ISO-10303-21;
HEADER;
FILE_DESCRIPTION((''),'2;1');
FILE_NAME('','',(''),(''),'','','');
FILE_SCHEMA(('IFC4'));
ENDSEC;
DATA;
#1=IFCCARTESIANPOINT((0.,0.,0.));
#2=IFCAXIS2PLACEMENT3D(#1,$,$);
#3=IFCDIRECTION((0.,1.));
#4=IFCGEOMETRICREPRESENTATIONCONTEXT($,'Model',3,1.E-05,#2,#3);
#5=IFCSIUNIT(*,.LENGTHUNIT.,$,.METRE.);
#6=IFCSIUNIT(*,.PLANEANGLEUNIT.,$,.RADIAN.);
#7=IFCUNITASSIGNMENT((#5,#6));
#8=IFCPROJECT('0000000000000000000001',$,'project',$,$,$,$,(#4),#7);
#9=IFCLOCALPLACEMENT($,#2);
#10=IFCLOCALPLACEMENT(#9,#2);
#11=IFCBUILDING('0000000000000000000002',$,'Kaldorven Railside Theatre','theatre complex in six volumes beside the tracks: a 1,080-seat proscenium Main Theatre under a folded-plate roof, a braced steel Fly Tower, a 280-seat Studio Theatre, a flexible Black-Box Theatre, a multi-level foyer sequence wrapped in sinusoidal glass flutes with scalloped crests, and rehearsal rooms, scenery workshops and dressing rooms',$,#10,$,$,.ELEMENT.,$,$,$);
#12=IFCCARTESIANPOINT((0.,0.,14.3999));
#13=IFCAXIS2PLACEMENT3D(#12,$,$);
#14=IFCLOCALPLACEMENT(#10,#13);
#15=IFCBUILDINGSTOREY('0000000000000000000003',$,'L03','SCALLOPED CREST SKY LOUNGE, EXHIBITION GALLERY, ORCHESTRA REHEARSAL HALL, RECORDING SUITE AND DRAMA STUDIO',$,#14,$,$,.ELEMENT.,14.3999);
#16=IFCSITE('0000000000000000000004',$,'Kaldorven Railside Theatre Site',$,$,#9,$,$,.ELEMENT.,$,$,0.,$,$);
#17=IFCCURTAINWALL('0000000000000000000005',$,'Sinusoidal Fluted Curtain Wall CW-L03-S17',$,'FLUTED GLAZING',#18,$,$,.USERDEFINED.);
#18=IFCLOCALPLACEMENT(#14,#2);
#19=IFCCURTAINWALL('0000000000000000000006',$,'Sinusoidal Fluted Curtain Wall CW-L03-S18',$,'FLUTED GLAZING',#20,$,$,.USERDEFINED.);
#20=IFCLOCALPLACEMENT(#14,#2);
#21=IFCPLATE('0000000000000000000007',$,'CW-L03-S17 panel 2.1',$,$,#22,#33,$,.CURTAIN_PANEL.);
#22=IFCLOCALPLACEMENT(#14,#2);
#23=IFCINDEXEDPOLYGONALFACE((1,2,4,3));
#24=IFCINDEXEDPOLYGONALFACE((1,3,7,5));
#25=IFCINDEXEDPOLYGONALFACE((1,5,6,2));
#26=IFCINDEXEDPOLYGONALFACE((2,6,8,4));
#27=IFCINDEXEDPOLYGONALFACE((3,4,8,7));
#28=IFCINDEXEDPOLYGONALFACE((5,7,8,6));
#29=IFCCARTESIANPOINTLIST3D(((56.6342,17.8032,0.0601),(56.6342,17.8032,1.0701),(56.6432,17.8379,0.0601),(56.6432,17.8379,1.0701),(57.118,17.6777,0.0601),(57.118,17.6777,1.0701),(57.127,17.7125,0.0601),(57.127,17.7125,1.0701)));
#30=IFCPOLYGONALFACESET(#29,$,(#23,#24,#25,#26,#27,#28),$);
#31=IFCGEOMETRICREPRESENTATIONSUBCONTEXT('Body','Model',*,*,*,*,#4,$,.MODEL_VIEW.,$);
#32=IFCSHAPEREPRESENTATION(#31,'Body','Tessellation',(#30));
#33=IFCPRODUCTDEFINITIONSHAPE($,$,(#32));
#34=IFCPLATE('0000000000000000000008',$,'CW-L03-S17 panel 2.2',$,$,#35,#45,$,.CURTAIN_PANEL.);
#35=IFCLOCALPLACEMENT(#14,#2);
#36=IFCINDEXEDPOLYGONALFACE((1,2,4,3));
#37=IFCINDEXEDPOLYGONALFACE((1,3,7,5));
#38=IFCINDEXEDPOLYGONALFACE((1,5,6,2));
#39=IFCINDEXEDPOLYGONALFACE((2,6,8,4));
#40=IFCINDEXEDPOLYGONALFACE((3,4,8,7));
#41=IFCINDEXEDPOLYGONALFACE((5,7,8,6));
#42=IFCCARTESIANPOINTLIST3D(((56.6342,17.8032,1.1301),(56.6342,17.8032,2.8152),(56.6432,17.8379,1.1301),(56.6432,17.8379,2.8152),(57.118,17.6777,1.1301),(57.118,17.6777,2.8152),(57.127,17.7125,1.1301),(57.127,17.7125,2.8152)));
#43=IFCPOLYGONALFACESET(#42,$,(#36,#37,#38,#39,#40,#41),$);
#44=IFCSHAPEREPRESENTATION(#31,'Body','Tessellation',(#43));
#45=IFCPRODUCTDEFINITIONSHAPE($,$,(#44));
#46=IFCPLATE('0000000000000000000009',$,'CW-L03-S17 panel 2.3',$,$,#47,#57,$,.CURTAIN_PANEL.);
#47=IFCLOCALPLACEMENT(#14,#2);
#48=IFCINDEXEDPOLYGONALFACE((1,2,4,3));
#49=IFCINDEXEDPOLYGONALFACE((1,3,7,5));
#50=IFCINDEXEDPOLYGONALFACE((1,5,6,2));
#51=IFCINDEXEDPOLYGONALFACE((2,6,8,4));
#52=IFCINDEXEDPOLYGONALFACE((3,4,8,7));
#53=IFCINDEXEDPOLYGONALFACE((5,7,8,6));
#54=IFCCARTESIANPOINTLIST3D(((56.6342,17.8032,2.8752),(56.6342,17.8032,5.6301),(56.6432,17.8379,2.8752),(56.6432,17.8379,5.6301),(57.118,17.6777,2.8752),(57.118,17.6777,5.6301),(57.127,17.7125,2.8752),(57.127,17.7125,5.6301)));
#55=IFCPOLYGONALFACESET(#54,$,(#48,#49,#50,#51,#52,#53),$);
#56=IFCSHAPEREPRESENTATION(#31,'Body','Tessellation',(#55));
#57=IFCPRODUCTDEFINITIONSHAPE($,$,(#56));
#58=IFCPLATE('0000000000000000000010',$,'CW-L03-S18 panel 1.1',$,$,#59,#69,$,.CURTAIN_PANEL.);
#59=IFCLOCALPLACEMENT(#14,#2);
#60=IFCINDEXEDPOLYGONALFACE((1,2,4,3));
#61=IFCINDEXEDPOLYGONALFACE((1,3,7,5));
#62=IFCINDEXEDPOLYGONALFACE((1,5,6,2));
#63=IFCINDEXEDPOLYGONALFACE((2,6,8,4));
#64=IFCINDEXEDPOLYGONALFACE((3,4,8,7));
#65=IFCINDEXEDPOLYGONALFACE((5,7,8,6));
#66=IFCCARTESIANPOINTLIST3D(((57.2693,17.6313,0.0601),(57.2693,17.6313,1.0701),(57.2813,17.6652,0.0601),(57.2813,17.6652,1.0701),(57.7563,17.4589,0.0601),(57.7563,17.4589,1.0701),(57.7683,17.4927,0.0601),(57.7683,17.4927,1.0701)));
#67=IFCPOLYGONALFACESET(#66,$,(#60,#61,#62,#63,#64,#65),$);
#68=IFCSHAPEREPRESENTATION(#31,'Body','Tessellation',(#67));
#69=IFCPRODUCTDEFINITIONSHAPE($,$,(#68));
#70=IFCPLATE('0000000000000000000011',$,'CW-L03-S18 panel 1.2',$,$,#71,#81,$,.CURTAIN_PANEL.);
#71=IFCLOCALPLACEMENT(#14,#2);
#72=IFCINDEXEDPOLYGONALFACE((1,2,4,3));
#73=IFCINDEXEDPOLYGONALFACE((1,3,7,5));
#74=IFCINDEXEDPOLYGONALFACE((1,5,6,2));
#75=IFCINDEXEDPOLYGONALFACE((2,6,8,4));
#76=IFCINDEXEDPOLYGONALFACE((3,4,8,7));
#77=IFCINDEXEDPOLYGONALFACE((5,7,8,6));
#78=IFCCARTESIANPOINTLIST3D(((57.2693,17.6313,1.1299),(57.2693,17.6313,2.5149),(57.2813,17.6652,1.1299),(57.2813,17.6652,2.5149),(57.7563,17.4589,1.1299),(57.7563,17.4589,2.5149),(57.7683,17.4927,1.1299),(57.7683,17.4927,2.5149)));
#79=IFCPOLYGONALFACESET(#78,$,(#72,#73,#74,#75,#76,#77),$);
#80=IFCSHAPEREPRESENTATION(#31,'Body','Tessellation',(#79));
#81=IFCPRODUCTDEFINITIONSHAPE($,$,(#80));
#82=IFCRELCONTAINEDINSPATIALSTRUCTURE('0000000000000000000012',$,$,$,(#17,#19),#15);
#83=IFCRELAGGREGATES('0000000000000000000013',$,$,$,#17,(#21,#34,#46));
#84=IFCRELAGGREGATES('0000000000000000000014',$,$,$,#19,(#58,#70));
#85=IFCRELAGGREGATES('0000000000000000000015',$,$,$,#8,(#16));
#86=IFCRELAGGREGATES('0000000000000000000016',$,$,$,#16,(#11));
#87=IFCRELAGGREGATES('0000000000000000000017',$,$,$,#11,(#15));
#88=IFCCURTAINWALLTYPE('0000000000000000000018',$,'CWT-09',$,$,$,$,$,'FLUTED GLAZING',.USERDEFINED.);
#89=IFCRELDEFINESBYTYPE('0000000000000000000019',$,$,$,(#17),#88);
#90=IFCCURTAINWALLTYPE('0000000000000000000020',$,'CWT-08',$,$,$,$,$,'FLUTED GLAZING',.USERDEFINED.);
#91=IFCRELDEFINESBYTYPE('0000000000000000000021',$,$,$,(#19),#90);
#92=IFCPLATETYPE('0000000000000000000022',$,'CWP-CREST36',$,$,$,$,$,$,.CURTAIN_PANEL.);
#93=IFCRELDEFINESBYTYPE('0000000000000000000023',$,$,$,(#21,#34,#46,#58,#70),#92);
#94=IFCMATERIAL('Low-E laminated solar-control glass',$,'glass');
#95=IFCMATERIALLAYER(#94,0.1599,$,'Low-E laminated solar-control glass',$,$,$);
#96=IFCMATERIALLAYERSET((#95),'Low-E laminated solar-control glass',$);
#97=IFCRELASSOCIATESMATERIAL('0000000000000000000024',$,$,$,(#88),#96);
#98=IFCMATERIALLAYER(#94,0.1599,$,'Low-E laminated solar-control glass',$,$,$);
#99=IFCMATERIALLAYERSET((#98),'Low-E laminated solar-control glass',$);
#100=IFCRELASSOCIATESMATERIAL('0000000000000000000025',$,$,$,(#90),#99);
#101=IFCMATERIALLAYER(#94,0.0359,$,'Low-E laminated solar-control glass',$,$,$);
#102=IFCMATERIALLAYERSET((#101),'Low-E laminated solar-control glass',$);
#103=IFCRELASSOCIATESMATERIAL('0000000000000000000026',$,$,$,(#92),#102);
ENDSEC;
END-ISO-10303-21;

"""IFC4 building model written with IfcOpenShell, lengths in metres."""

from ifc_helpers import new_model, si_unit, direction, frame, origin, origin_2d, place, context, subcontext, project, spatial, rectangle, extrude, material, layer, layer_set, type_object, element, aggregate, save


model = new_model("IFC4")

# Units and contexts
model_context = context("Model", 3, precision=1e-05, world=origin(), true_north=direction((0.0, 1.0)))
body_context = subcontext(model_context, "Body", "Model", "MODEL_VIEW")
ifc_project = project(units=[si_unit("LENGTHUNIT", "METRE"), si_unit("PLANEANGLEUNIT", "RADIAN")], contexts=[model_context])

# Site, building, storey
site_placement = place(None, origin())
site = spatial("IfcSite", under=ifc_project, at=site_placement, Name="Kaldorven Railside Theatre Site", CompositionType="ELEMENT", RefElevation=0.0)
building_placement = place(site_placement, origin())
building = spatial("IfcBuilding", under=site, at=building_placement, Name="Kaldorven Railside Theatre", Description="theatre complex in six volumes beside the tracks: a 1,080-seat proscenium Main Theatre under a folded-plate roof, a braced steel Fly Tower, a 280-seat Studio Theatre, a flexible Black-Box Theatre, a multi-level foyer sequence wrapped in sinusoidal glass flutes with scalloped crests, and rehearsal rooms, scenery workshops and dressing rooms", CompositionType="ELEMENT")
storey_placement = place(building_placement, frame((0.0, 0.0, 14.3999)))
storey = spatial("IfcBuildingStorey", under=building, at=storey_placement, Name="L03", Description="SCALLOPED CREST SKY LOUNGE, EXHIBITION GALLERY, ORCHESTRA REHEARSAL HALL, RECORDING SUITE AND DRAMA STUDIO", CompositionType="ELEMENT", Elevation=14.3999)

# Curtain wall
ifc_material_1 = material(Name="Low-E laminated solar-control glass", Category="glass")
ifc_layer_1 = layer(ifc_material_1, 0.1599, Name="Low-E laminated solar-control glass")
ifc_layer_set_1 = layer_set([ifc_layer_1], Name="Low-E laminated solar-control glass")
curtain_wall_type_1 = type_object("IfcCurtainWallType", Name="CWT-09", ElementType="FLUTED GLAZING", PredefinedType="USERDEFINED", material=ifc_layer_set_1)
curtain_wall_1_placement = place(storey_placement, origin())
curtain_wall_1 = element("IfcCurtainWall", 1, at=curtain_wall_1_placement, inside=storey, type_object=curtain_wall_type_1, Name="Sinusoidal Fluted Curtain Wall CW-L03-S17", ObjectType="FLUTED GLAZING", PredefinedType="USERDEFINED")

# Curtain wall
ifc_layer_2 = layer(ifc_material_1, 0.1599, Name="Low-E laminated solar-control glass")
ifc_layer_set_2 = layer_set([ifc_layer_2], Name="Low-E laminated solar-control glass")
curtain_wall_type_2 = type_object("IfcCurtainWallType", Name="CWT-08", ElementType="FLUTED GLAZING", PredefinedType="USERDEFINED", material=ifc_layer_set_2)
curtain_wall_2_placement = place(storey_placement, origin())
curtain_wall_2 = element("IfcCurtainWall", 2, at=curtain_wall_2_placement, inside=storey, type_object=curtain_wall_type_2, Name="Sinusoidal Fluted Curtain Wall CW-L03-S18", ObjectType="FLUTED GLAZING", PredefinedType="USERDEFINED")

# Plates
ifc_layer_3 = layer(ifc_material_1, 0.0359, Name="Low-E laminated solar-control glass")
ifc_layer_set_3 = layer_set([ifc_layer_3], Name="Low-E laminated solar-control glass")
plate_type = type_object("IfcPlateType", Name="CWP-CREST36", PredefinedType="CURTAIN_PANEL", material=ifc_layer_set_3)
plate_1_placement = place(storey_placement, frame((56.8806, 17.7578, 0.0601), z_axis=(0.0, 0.0, 1.0), x_axis=(0.967999, -0.250954, 0.0)))
plate_1 = element("IfcPlate", 3, at=plate_1_placement, type_object=plate_type, Name="CW-L03-S17 panel 2.1", PredefinedType="CURTAIN_PANEL", context=body_context, shape_type="SweptSolid", body=[
    extrude(rectangle(XDim=0.4998, YDim=0.0359, at=origin_2d()), origin(), (0.0, 0.0, 1.0), 1.01),
])
plate_2_placement = place(storey_placement, frame((56.8806, 17.7578, 1.1301), z_axis=(0.0, 0.0, 1.0), x_axis=(0.967999, -0.250954, 0.0)))
plate_2 = element("IfcPlate", 4, at=plate_2_placement, type_object=plate_type, Name="CW-L03-S17 panel 2.2", PredefinedType="CURTAIN_PANEL", context=body_context, shape_type="SweptSolid", body=[
    extrude(rectangle(XDim=0.4998, YDim=0.0359, at=origin_2d()), origin(), (0.0, 0.0, 1.0), 1.6851),
])
plate_3_placement = place(storey_placement, frame((56.8806, 17.7578, 2.8752), z_axis=(0.0, 0.0, 1.0), x_axis=(0.967999, -0.250954, 0.0)))
plate_3 = element("IfcPlate", 5, at=plate_3_placement, type_object=plate_type, Name="CW-L03-S17 panel 2.3", PredefinedType="CURTAIN_PANEL", context=body_context, shape_type="SweptSolid", body=[
    extrude(rectangle(XDim=0.4998, YDim=0.0359, at=origin_2d()), origin(), (0.0, 0.0, 1.0), 2.7549),
])
aggregate(curtain_wall_1, [plate_1, plate_2, plate_3])
plate_4_placement = place(storey_placement, frame((57.5188, 17.562, 0.0601), z_axis=(0.0, 0.0, 1.0), x_axis=(0.942627, -0.333847, 0.0)))
plate_4 = element("IfcPlate", 6, at=plate_4_placement, type_object=plate_type, Name="CW-L03-S18 panel 1.1", PredefinedType="CURTAIN_PANEL", context=body_context, shape_type="SweptSolid", body=[
    extrude(rectangle(XDim=0.5166, YDim=0.0359, at=origin_2d()), origin(), (0.0, 0.0, 1.0), 1.01),
])
plate_5_placement = place(storey_placement, frame((57.5188, 17.562, 1.1299), z_axis=(0.0, 0.0, 1.0), x_axis=(0.942627, -0.333847, 0.0)))
plate_5 = element("IfcPlate", 7, at=plate_5_placement, type_object=plate_type, Name="CW-L03-S18 panel 1.2", PredefinedType="CURTAIN_PANEL", context=body_context, shape_type="SweptSolid", body=[
    extrude(rectangle(XDim=0.5166, YDim=0.0359, at=origin_2d()), origin(), (0.0, 0.0, 1.0), 1.385),
])
aggregate(curtain_wall_2, [plate_4, plate_5])

save(model, "model.ifc")
